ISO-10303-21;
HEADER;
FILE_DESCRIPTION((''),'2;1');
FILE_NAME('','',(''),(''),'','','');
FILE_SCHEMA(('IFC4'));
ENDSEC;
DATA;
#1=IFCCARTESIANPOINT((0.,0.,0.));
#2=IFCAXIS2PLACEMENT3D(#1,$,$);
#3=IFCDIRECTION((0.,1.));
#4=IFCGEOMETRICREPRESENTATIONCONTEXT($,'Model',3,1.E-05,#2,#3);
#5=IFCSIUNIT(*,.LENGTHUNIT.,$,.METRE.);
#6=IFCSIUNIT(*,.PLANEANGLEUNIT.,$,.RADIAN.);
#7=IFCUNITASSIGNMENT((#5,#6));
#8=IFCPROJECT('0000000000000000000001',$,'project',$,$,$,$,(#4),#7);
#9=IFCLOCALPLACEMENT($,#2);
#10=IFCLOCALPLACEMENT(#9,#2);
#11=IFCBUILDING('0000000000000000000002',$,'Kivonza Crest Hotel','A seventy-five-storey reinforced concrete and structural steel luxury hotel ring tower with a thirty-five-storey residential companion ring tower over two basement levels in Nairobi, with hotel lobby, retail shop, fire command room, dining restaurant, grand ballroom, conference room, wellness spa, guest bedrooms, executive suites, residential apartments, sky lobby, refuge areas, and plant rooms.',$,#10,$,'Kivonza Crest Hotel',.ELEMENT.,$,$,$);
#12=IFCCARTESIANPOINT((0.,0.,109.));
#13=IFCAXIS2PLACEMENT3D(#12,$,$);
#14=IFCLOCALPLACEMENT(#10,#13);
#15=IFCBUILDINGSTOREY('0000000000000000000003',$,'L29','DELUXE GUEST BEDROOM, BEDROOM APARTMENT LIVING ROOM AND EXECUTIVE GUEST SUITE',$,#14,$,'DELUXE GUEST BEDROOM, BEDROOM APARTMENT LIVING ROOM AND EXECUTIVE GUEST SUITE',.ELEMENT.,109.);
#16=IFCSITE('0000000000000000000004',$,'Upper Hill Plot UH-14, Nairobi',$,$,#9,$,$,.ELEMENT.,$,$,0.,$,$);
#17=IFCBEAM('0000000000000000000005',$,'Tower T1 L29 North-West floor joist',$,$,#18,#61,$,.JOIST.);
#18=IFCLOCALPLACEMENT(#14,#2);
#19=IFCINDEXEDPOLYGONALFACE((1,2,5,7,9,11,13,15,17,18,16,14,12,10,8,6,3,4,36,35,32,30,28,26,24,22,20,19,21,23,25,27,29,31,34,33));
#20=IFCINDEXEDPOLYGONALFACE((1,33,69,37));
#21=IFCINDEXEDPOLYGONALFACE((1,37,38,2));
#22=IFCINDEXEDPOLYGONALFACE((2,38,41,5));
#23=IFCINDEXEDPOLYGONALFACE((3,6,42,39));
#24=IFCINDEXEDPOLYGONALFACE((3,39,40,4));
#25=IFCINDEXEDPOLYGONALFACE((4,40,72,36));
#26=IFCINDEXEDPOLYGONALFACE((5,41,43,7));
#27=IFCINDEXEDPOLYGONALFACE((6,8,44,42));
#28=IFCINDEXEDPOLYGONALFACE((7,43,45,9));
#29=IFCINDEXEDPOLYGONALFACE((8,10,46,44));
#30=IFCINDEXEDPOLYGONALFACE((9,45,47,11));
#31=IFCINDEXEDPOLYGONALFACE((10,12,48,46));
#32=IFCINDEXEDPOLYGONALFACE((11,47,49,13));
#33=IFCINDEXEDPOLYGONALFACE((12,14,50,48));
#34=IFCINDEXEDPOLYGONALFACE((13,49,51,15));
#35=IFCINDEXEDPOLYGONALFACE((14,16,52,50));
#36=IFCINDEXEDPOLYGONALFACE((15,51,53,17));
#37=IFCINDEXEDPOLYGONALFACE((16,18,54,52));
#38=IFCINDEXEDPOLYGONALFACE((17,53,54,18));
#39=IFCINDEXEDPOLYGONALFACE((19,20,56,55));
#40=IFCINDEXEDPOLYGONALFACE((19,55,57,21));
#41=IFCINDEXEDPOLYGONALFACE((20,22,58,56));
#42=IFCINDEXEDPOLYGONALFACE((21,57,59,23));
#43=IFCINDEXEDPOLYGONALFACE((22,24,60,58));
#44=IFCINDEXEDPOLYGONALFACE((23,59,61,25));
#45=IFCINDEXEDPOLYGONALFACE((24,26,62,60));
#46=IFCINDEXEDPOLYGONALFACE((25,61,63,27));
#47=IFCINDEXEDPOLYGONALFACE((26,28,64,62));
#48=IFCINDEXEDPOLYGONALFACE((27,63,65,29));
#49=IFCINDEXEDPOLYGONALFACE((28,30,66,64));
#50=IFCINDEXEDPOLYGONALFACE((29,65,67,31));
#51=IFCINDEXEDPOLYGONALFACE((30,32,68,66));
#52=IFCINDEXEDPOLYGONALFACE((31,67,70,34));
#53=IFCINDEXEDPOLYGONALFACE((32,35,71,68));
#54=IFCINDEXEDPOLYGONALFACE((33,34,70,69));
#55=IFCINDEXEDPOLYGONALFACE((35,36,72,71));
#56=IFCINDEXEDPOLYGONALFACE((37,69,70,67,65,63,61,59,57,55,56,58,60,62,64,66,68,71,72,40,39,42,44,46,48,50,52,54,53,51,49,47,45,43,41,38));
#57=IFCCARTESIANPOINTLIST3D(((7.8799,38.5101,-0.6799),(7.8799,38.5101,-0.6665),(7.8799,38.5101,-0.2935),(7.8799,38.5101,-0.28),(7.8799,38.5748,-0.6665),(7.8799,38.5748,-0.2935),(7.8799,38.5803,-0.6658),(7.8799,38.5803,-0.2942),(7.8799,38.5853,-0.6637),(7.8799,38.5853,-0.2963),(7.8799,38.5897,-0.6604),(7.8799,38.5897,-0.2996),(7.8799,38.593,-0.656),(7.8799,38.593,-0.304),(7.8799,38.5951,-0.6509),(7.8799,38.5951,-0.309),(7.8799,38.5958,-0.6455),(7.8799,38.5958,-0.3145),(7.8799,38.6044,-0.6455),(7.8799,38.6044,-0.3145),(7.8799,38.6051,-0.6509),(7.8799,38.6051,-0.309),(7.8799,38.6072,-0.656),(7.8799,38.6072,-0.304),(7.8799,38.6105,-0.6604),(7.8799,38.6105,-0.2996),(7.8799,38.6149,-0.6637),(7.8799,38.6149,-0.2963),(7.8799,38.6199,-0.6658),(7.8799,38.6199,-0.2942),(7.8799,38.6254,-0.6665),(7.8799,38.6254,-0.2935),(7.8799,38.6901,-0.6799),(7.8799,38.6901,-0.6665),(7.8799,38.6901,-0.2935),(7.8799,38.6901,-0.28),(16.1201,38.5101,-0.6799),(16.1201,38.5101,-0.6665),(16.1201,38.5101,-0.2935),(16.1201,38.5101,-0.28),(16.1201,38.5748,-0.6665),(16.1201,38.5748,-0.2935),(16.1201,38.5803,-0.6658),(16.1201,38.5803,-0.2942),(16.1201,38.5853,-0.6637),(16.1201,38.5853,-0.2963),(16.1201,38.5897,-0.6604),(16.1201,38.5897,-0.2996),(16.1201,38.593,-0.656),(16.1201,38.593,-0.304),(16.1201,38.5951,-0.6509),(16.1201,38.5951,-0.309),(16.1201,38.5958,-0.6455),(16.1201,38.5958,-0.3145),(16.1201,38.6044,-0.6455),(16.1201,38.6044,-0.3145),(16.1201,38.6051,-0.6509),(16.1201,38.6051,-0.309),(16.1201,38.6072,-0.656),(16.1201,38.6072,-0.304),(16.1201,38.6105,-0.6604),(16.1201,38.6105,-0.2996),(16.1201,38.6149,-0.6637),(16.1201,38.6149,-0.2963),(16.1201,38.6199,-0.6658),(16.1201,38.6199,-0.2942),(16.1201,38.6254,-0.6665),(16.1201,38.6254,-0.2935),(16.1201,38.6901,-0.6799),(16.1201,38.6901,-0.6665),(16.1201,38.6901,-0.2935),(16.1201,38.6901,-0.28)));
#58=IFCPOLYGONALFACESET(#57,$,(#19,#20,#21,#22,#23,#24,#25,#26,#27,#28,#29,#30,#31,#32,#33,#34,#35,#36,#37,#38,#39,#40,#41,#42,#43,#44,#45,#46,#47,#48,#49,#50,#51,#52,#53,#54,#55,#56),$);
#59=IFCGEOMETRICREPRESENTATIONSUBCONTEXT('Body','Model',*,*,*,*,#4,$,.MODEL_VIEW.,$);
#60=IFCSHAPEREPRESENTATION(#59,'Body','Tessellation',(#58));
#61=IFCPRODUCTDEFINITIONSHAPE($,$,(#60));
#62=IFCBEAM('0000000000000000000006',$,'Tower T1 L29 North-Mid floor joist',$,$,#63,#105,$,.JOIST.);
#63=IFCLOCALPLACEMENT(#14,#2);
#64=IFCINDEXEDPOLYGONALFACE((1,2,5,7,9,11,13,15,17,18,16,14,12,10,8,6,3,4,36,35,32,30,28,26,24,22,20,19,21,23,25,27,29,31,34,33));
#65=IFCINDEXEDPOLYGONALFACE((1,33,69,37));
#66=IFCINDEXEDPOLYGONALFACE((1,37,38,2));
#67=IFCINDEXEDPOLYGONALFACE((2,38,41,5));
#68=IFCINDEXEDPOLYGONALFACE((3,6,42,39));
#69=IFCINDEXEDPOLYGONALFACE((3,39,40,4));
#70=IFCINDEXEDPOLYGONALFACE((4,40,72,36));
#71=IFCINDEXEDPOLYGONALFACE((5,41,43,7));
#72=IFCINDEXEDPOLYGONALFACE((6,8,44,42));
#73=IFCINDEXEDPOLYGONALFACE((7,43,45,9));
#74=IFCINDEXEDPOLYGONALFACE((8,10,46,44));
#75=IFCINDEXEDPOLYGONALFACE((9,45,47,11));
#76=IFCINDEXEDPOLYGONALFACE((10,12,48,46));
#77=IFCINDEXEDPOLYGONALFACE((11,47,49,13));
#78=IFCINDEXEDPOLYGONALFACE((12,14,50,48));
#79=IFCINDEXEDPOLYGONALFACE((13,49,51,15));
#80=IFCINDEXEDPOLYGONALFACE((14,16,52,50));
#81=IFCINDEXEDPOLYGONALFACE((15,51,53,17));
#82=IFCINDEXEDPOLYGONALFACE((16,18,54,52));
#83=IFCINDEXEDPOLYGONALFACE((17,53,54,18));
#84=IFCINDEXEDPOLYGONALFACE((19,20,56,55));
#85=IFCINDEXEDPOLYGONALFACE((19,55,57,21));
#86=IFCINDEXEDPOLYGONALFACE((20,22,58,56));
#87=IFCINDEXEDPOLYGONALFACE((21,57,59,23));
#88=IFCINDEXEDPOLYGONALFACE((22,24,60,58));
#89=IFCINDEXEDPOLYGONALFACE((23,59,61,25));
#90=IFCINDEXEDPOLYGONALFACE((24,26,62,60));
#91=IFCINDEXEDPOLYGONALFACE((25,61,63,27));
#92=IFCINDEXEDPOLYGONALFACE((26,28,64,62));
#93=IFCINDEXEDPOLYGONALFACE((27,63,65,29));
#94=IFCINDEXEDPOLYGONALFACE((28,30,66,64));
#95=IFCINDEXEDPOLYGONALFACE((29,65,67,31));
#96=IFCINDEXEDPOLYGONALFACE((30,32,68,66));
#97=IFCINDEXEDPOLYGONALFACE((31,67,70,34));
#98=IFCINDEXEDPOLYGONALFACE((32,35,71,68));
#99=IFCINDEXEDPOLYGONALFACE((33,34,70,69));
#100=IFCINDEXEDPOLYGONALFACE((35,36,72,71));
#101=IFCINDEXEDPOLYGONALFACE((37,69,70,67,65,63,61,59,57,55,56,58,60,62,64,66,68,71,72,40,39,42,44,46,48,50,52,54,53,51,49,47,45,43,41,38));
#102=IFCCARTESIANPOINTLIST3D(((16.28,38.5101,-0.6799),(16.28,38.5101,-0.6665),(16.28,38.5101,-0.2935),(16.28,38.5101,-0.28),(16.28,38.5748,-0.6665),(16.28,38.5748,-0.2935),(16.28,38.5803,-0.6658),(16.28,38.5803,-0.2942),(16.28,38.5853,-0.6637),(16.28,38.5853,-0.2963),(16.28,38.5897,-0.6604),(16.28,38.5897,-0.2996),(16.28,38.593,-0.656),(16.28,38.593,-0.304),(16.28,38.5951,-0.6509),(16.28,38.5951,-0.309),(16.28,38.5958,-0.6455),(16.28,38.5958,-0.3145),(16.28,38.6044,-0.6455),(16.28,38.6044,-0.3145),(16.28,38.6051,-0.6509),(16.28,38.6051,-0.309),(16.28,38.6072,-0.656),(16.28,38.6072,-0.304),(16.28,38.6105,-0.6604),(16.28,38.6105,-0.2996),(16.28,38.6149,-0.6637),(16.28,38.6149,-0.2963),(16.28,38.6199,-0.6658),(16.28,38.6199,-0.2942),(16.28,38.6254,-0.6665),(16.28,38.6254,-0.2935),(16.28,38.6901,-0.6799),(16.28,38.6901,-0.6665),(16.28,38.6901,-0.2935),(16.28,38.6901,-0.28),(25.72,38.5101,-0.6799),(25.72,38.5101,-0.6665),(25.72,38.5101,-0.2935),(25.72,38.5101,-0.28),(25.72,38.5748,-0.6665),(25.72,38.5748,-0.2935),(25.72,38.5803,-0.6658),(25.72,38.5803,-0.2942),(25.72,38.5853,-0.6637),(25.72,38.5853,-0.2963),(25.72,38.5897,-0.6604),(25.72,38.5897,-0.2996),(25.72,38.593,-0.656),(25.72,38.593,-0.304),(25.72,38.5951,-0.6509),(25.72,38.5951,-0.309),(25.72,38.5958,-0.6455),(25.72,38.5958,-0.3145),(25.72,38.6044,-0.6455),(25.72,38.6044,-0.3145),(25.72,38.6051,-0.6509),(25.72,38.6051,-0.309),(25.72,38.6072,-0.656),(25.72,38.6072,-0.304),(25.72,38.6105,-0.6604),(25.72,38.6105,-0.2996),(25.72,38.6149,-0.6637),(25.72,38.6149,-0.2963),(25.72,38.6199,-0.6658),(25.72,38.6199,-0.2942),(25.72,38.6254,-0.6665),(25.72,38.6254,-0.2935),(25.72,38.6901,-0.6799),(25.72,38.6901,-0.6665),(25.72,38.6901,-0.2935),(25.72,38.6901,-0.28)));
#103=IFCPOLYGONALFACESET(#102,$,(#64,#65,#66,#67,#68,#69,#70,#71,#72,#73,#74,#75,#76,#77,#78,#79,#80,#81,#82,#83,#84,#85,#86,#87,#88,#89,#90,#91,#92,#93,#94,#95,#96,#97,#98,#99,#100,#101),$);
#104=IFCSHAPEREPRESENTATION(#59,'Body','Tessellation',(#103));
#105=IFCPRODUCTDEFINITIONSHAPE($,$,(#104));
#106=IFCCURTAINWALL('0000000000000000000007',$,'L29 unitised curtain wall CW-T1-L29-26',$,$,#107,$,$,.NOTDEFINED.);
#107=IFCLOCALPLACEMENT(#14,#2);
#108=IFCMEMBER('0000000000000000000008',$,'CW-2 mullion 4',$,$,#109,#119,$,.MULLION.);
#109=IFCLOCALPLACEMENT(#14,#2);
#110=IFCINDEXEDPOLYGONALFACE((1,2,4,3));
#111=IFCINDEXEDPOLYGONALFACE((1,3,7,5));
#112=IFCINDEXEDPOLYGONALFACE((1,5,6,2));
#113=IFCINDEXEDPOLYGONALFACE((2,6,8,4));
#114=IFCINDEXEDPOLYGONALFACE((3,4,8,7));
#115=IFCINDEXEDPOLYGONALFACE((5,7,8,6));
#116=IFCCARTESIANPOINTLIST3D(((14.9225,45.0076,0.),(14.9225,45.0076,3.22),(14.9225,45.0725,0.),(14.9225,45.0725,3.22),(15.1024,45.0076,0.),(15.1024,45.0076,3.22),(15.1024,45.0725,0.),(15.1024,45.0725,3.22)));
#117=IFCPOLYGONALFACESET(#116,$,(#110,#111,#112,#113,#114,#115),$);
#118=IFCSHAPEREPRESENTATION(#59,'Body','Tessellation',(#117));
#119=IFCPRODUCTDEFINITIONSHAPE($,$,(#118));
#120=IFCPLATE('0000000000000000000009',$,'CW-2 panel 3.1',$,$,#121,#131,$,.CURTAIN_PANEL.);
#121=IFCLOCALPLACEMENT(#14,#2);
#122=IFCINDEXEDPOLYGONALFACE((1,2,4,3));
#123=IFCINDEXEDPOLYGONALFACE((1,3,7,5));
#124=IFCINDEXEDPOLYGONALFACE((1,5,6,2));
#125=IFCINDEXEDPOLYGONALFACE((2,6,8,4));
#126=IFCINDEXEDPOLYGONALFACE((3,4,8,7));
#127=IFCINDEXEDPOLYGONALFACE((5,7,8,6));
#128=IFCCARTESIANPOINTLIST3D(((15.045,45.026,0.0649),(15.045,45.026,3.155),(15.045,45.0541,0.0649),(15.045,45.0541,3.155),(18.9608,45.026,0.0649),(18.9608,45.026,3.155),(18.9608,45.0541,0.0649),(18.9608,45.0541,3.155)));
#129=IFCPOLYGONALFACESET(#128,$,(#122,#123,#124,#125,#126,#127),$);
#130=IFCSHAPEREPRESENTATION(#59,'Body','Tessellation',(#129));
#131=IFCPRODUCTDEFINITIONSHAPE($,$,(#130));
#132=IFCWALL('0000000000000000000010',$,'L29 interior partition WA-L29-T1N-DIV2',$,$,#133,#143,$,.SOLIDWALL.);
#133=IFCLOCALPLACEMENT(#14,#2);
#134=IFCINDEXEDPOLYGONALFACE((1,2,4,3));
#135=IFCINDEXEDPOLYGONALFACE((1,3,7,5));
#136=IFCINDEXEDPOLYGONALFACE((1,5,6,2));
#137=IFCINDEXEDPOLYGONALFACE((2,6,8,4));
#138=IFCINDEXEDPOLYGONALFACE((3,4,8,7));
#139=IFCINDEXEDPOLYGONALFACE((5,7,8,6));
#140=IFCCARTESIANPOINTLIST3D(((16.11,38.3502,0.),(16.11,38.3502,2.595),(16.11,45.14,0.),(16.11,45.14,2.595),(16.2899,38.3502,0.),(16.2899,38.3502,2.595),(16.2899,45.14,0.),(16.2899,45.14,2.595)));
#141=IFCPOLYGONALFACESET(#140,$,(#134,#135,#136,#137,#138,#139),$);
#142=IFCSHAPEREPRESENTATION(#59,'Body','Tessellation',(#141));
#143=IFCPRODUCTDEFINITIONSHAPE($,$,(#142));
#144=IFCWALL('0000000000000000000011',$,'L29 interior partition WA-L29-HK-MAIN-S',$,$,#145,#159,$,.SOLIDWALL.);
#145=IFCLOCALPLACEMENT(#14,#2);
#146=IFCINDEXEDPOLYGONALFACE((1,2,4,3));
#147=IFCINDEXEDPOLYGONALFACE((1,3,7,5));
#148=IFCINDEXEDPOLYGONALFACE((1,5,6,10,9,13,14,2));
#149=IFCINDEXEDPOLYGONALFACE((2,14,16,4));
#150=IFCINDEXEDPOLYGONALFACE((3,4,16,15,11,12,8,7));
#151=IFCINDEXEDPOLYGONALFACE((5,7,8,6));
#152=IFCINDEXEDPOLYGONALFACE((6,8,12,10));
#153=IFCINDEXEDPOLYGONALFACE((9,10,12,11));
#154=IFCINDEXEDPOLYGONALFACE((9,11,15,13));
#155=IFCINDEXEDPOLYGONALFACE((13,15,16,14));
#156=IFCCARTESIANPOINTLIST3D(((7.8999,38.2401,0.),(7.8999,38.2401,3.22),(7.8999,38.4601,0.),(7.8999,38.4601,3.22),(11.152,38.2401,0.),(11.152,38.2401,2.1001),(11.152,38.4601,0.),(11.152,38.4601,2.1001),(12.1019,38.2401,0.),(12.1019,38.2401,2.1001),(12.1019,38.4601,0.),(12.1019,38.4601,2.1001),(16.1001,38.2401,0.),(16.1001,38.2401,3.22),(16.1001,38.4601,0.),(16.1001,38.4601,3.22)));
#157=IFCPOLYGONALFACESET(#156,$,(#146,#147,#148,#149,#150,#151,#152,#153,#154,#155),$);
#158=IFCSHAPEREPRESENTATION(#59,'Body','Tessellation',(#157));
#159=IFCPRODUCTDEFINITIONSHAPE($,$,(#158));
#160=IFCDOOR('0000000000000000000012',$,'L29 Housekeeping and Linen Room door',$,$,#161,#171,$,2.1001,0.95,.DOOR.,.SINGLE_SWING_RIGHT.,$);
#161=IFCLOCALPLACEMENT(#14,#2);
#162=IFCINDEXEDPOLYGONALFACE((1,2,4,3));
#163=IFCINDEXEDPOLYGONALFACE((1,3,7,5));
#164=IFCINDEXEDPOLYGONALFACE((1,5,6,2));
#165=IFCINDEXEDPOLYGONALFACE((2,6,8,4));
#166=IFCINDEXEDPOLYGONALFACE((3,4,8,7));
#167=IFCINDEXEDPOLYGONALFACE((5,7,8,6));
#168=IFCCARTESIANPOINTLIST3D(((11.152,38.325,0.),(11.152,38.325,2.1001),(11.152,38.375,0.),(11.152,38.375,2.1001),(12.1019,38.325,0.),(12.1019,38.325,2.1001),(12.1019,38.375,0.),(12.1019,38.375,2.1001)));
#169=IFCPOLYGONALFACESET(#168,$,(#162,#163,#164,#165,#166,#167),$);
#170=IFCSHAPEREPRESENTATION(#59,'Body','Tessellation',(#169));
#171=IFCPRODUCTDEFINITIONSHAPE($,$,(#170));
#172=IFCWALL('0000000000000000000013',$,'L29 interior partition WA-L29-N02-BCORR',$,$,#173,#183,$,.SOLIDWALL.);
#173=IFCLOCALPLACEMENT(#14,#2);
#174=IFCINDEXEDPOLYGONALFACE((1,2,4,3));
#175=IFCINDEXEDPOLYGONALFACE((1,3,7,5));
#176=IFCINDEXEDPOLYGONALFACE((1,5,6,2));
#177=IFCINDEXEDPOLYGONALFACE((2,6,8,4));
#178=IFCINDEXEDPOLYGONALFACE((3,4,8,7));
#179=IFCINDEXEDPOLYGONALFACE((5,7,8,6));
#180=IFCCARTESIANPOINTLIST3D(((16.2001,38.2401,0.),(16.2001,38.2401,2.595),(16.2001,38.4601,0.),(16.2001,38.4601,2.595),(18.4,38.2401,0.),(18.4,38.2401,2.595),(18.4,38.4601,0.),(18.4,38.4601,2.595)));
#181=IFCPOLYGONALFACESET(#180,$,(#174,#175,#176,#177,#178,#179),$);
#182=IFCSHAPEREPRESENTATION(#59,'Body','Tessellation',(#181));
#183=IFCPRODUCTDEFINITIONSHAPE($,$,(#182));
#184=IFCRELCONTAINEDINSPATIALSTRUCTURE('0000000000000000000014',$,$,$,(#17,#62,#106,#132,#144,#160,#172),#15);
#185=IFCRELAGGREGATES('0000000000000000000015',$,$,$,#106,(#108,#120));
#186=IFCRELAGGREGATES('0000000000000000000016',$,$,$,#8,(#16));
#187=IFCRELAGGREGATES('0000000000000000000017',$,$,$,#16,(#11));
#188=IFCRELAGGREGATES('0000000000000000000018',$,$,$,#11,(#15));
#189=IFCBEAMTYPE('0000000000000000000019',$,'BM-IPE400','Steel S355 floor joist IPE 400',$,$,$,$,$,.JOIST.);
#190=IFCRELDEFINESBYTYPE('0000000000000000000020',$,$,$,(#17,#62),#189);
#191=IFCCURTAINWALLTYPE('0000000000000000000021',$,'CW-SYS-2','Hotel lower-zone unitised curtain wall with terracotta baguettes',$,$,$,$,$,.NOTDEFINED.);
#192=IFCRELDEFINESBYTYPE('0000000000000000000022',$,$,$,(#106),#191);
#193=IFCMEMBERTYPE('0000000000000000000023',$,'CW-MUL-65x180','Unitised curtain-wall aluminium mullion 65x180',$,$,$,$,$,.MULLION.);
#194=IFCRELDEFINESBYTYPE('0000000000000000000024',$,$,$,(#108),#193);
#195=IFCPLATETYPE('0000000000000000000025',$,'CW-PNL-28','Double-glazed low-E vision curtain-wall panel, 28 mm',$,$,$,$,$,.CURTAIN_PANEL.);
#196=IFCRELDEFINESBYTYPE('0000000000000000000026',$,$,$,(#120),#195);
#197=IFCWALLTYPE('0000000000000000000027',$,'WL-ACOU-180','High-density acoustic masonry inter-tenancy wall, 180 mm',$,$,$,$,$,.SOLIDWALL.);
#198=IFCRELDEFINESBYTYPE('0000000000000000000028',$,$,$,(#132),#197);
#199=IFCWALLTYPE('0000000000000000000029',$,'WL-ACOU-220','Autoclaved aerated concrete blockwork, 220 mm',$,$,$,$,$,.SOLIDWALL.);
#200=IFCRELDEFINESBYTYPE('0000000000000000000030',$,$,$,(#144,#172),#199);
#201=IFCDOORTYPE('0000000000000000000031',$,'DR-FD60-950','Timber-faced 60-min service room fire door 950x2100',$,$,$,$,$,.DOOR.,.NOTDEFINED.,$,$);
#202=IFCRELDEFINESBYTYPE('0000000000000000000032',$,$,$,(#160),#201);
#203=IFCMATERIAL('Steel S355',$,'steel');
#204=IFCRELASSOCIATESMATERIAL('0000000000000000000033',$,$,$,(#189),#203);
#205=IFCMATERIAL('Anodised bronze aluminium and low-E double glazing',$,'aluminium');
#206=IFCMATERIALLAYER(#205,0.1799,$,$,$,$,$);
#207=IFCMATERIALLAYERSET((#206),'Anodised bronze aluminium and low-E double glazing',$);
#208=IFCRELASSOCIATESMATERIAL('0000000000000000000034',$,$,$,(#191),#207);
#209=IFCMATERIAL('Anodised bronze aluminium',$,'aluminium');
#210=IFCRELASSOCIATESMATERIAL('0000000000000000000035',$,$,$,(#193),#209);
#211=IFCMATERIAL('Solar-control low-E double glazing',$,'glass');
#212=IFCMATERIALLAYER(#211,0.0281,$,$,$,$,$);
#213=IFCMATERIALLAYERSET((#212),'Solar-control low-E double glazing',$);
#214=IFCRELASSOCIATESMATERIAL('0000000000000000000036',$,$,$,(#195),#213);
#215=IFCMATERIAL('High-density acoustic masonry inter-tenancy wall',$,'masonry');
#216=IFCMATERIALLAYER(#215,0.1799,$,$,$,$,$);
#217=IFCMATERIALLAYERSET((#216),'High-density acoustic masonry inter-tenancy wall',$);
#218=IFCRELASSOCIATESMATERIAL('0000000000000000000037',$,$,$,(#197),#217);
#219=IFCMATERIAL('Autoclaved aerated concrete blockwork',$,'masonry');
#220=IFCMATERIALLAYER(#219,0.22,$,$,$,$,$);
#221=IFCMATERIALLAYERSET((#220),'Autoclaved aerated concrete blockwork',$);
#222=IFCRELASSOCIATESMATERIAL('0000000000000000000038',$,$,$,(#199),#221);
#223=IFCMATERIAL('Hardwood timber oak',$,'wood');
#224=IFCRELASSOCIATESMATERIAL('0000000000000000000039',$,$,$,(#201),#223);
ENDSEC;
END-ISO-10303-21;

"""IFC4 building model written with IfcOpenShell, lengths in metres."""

from ifc_helpers import new_model, si_unit, direction, frame, frame_2d, origin, origin_2d, place, context, subcontext, project, spatial, rectangle, i_section, extrude, material, layer, layer_set, material_profile, profile_set, type_object, element, fill, aggregate, save


model = new_model("IFC4")

# Units and contexts
model_context = context("Model", 3, precision=1e-05, world=origin(), true_north=direction((0.0, 1.0)))
body_context = subcontext(model_context, "Body", "Model", "MODEL_VIEW")
ifc_project = project(units=[si_unit("LENGTHUNIT", "METRE"), si_unit("PLANEANGLEUNIT", "RADIAN")], contexts=[model_context])

# Site, building, storey
site_placement = place(None, origin())
site = spatial("IfcSite", under=ifc_project, at=site_placement, Name="Upper Hill Plot UH-14, Nairobi", CompositionType="ELEMENT", RefElevation=0.0)
building_placement = place(site_placement, origin())
building = spatial("IfcBuilding", under=site, at=building_placement, Name="Kivonza Crest Hotel", Description="A seventy-five-storey reinforced concrete and structural steel luxury hotel ring tower with a thirty-five-storey residential companion ring tower over two basement levels in Nairobi, with hotel lobby, retail shop, fire command room, dining restaurant, grand ballroom, conference room, wellness spa, guest bedrooms, executive suites, residential apartments, sky lobby, refuge areas, and plant rooms.", LongName="Kivonza Crest Hotel", CompositionType="ELEMENT")
storey_placement = place(building_placement, frame((0.0, 0.0, 109.0)))
storey = spatial("IfcBuildingStorey", under=building, at=storey_placement, Name="L29", Description="DELUXE GUEST BEDROOM, BEDROOM APARTMENT LIVING ROOM AND EXECUTIVE GUEST SUITE", LongName="DELUXE GUEST BEDROOM, BEDROOM APARTMENT LIVING ROOM AND EXECUTIVE GUEST SUITE", CompositionType="ELEMENT", Elevation=109.0)

# Beams
ifc_material_1 = material(Name="Steel S355", Category="steel")
ifc_material_profile_1 = material_profile(ifc_material_1, i_section(OverallWidth=0.1799, OverallDepth=0.3999, WebThickness=0.0085, FlangeThickness=0.0134, FilletRadius=0.021, at=origin_2d()), Name="IPE 400")
ifc_profile_set_1 = profile_set([ifc_material_profile_1], Name="Steel S355")
beam_type_1 = type_object("IfcBeamType", Name="BM-IPE400", Description="Steel S355 floor joist IPE 400", PredefinedType="JOIST", material=ifc_profile_set_1)
beam_1_placement = place(storey_placement, frame((7.8799, 38.6001, -0.48), z_axis=(1.0, 0.0, 0.0), x_axis=(0.0, 1.0, 0.0)))
element("IfcBeam", 1, at=beam_1_placement, inside=storey, type_object=beam_type_1, Name="Tower T1 L29 North-West floor joist", PredefinedType="JOIST", context=body_context, shape_type="SweptSolid", body=[
    extrude(i_section(OverallWidth=0.1799, OverallDepth=0.3999, WebThickness=0.0085, FlangeThickness=0.0134, FilletRadius=0.021, at=origin_2d()), origin(), (0.0, 0.0, 1.0), 8.2402),
])
beam_2_placement = place(storey_placement, frame((16.28, 38.6001, -0.48), z_axis=(1.0, 0.0, 0.0), x_axis=(0.0, 1.0, 0.0)))
element("IfcBeam", 2, at=beam_2_placement, inside=storey, type_object=beam_type_1, Name="Tower T1 L29 North-Mid floor joist", PredefinedType="JOIST", context=body_context, shape_type="SweptSolid", body=[
    extrude(i_section(OverallWidth=0.1799, OverallDepth=0.3999, WebThickness=0.0085, FlangeThickness=0.0134, FilletRadius=0.021, at=origin_2d()), origin(), (0.0, 0.0, 1.0), 9.4399),
])

# Curtain wall, member, plate
ifc_material_2 = material(Name="Anodised bronze aluminium and low-E double glazing", Category="aluminium")
ifc_layer_1 = layer(ifc_material_2, 0.1799)
ifc_layer_set_1 = layer_set([ifc_layer_1], Name="Anodised bronze aluminium and low-E double glazing")
curtain_wall_type = type_object("IfcCurtainWallType", Name="CW-SYS-2", Description="Hotel lower-zone unitised curtain wall with terracotta baguettes", PredefinedType="NOTDEFINED", material=ifc_layer_set_1)
curtain_wall_placement = place(storey_placement, origin())
curtain_wall = element("IfcCurtainWall", 3, at=curtain_wall_placement, inside=storey, type_object=curtain_wall_type, Name="L29 unitised curtain wall CW-T1-L29-26", PredefinedType="NOTDEFINED")
ifc_material_3 = material(Name="Anodised bronze aluminium", Category="aluminium")
ifc_material_profile_2 = material_profile(ifc_material_3, rectangle(XDim=0.0649, YDim=0.1799, at=origin_2d()), Name="CW-M 65x180")
ifc_profile_set_2 = profile_set([ifc_material_profile_2], Name="Anodised bronze aluminium")
member_type = type_object("IfcMemberType", Name="CW-MUL-65x180", Description="Unitised curtain-wall aluminium mullion 65x180", PredefinedType="MULLION", material=ifc_profile_set_2)
member_placement = place(storey_placement, frame((15.0125, 45.04, 0.0), z_axis=(0.0, 0.0, 1.0), x_axis=(0.0, -1.0, 0.0)))
member = element("IfcMember", 4, at=member_placement, type_object=member_type, Name="CW-2 mullion 4", PredefinedType="MULLION", context=body_context, shape_type="SweptSolid", body=[
    extrude(rectangle(XDim=0.0649, YDim=0.1799, at=origin_2d()), origin(), (0.0, 0.0, 1.0), 3.22),
])
ifc_material_4 = material(Name="Solar-control low-E double glazing", Category="glass")
ifc_layer_2 = layer(ifc_material_4, 0.0281)
ifc_layer_set_2 = layer_set([ifc_layer_2], Name="Solar-control low-E double glazing")
plate_type = type_object("IfcPlateType", Name="CW-PNL-28", Description="Double-glazed low-E vision curtain-wall panel, 28 mm", PredefinedType="CURTAIN_PANEL", material=ifc_layer_set_2)
plate_placement = place(storey_placement, frame((17.0029, 45.04, 0.0649), z_axis=(0.0, 0.0, 1.0), x_axis=(-1.0, 0.0, 0.0)))
plate = element("IfcPlate", 5, at=plate_placement, type_object=plate_type, Name="CW-2 panel 3.1", PredefinedType="CURTAIN_PANEL", context=body_context, shape_type="SweptSolid", body=[
    extrude(rectangle(XDim=3.9158, YDim=0.0281, at=origin_2d()), origin(), (0.0, 0.0, 1.0), 3.0901),
])
aggregate(curtain_wall, [member, plate])

# Wall
ifc_material_5 = material(Name="High-density acoustic masonry inter-tenancy wall", Category="masonry")
ifc_layer_3 = layer(ifc_material_5, 0.1799)
ifc_layer_set_3 = layer_set([ifc_layer_3], Name="High-density acoustic masonry inter-tenancy wall")
wall_type_1 = type_object("IfcWallType", Name="WL-ACOU-180", Description="High-density acoustic masonry inter-tenancy wall, 180 mm", PredefinedType="SOLIDWALL", material=ifc_layer_set_3)
wall_1_placement = place(storey_placement, frame((16.2, 38.3501, 0.0), z_axis=(0.0, 0.0, 1.0), x_axis=(0.0, 1.0, 0.0)))
element("IfcWall", 6, at=wall_1_placement, inside=storey, type_object=wall_type_1, Name="L29 interior partition WA-L29-T1N-DIV2", PredefinedType="SOLIDWALL", context=body_context, shape_type="SweptSolid", body=[
    extrude(rectangle(XDim=6.7898, YDim=0.1799, at=frame_2d((3.395, 0.0))), origin(), (0.0, 0.0, 1.0), 2.595),
])

# Wall, opening, door
ifc_material_6 = material(Name="Autoclaved aerated concrete blockwork", Category="masonry")
ifc_layer_4 = layer(ifc_material_6, 0.22)
ifc_layer_set_4 = layer_set([ifc_layer_4], Name="Autoclaved aerated concrete blockwork")
wall_type_2 = type_object("IfcWallType", Name="WL-ACOU-220", Description="Autoclaved aerated concrete blockwork, 220 mm", PredefinedType="SOLIDWALL", material=ifc_layer_set_4)
wall_2_placement = place(storey_placement, frame((7.8999, 38.3501, 0.0), z_axis=(0.0, 0.0, 1.0), x_axis=(1.0, 0.0, 0.0)))
wall_2 = element("IfcWall", 7, at=wall_2_placement, inside=storey, type_object=wall_type_2, Name="L29 interior partition WA-L29-HK-MAIN-S", PredefinedType="SOLIDWALL", context=body_context, shape_type="SweptSolid", body=[
    extrude(rectangle(XDim=8.2002, YDim=0.22, at=frame_2d((4.1001, 0.0))), origin(), (0.0, 0.0, 1.0), 3.22),
])
opening_1_placement = place(wall_2_placement, frame((3.252, 0.0, 0.0)))
opening_1 = element("IfcOpeningElement", 8, at=opening_1_placement, cuts=wall_2, PredefinedType="OPENING", context=body_context, shape_type="SweptSolid", body=[
    extrude(rectangle(XDim=0.95, YDim=2.1001, at=frame_2d((0.4751, 1.05))), frame((0.0, 0.1201, 0.0), z_axis=(0.0, -1.0, 0.0), x_axis=(1.0, 0.0, 0.0)), (0.0, 0.0, 1.0), 0.24),
])
ifc_material_7 = material(Name="Hardwood timber oak", Category="wood")
door_type_1 = type_object("IfcDoorType", Name="DR-FD60-950", Description="Timber-faced 60-min service room fire door 950x2100", OperationType="NOTDEFINED", PredefinedType="DOOR", material=ifc_material_7)
door_1_placement = place(opening_1_placement, origin())
door_1 = element("IfcDoor", 9, at=door_1_placement, inside=storey, type_object=door_type_1, Name="L29 Housekeeping and Linen Room door", OperationType="SINGLE_SWING_RIGHT", OverallHeight=2.1001, OverallWidth=0.95, PredefinedType="DOOR", context=body_context, shape_type="SweptSolid", body=[
    extrude(rectangle(XDim=0.95, YDim=2.1001, at=frame_2d((0.4751, 1.05))), frame((0.0, 0.0249, 0.0), z_axis=(0.0, -1.0, 0.0), x_axis=(1.0, 0.0, 0.0)), (0.0, 0.0, 1.0), 0.05),
])
fill(opening_1, door_1)

# Wall
wall_3_placement = place(storey_placement, frame((16.2, 38.3501, 0.0), z_axis=(0.0, 0.0, 1.0), x_axis=(1.0, 0.0, 0.0)))
element("IfcWall", 10, at=wall_3_placement, inside=storey, type_object=wall_type_2, Name="L29 interior partition WA-L29-N02-BCORR", PredefinedType="SOLIDWALL", context=body_context, shape_type="SweptSolid", body=[
    extrude(rectangle(XDim=2.2, YDim=0.22, at=frame_2d((1.1001, 0.0))), origin(), (0.0, 0.0, 1.0), 2.595),
])

save(model, "model.ifc")
